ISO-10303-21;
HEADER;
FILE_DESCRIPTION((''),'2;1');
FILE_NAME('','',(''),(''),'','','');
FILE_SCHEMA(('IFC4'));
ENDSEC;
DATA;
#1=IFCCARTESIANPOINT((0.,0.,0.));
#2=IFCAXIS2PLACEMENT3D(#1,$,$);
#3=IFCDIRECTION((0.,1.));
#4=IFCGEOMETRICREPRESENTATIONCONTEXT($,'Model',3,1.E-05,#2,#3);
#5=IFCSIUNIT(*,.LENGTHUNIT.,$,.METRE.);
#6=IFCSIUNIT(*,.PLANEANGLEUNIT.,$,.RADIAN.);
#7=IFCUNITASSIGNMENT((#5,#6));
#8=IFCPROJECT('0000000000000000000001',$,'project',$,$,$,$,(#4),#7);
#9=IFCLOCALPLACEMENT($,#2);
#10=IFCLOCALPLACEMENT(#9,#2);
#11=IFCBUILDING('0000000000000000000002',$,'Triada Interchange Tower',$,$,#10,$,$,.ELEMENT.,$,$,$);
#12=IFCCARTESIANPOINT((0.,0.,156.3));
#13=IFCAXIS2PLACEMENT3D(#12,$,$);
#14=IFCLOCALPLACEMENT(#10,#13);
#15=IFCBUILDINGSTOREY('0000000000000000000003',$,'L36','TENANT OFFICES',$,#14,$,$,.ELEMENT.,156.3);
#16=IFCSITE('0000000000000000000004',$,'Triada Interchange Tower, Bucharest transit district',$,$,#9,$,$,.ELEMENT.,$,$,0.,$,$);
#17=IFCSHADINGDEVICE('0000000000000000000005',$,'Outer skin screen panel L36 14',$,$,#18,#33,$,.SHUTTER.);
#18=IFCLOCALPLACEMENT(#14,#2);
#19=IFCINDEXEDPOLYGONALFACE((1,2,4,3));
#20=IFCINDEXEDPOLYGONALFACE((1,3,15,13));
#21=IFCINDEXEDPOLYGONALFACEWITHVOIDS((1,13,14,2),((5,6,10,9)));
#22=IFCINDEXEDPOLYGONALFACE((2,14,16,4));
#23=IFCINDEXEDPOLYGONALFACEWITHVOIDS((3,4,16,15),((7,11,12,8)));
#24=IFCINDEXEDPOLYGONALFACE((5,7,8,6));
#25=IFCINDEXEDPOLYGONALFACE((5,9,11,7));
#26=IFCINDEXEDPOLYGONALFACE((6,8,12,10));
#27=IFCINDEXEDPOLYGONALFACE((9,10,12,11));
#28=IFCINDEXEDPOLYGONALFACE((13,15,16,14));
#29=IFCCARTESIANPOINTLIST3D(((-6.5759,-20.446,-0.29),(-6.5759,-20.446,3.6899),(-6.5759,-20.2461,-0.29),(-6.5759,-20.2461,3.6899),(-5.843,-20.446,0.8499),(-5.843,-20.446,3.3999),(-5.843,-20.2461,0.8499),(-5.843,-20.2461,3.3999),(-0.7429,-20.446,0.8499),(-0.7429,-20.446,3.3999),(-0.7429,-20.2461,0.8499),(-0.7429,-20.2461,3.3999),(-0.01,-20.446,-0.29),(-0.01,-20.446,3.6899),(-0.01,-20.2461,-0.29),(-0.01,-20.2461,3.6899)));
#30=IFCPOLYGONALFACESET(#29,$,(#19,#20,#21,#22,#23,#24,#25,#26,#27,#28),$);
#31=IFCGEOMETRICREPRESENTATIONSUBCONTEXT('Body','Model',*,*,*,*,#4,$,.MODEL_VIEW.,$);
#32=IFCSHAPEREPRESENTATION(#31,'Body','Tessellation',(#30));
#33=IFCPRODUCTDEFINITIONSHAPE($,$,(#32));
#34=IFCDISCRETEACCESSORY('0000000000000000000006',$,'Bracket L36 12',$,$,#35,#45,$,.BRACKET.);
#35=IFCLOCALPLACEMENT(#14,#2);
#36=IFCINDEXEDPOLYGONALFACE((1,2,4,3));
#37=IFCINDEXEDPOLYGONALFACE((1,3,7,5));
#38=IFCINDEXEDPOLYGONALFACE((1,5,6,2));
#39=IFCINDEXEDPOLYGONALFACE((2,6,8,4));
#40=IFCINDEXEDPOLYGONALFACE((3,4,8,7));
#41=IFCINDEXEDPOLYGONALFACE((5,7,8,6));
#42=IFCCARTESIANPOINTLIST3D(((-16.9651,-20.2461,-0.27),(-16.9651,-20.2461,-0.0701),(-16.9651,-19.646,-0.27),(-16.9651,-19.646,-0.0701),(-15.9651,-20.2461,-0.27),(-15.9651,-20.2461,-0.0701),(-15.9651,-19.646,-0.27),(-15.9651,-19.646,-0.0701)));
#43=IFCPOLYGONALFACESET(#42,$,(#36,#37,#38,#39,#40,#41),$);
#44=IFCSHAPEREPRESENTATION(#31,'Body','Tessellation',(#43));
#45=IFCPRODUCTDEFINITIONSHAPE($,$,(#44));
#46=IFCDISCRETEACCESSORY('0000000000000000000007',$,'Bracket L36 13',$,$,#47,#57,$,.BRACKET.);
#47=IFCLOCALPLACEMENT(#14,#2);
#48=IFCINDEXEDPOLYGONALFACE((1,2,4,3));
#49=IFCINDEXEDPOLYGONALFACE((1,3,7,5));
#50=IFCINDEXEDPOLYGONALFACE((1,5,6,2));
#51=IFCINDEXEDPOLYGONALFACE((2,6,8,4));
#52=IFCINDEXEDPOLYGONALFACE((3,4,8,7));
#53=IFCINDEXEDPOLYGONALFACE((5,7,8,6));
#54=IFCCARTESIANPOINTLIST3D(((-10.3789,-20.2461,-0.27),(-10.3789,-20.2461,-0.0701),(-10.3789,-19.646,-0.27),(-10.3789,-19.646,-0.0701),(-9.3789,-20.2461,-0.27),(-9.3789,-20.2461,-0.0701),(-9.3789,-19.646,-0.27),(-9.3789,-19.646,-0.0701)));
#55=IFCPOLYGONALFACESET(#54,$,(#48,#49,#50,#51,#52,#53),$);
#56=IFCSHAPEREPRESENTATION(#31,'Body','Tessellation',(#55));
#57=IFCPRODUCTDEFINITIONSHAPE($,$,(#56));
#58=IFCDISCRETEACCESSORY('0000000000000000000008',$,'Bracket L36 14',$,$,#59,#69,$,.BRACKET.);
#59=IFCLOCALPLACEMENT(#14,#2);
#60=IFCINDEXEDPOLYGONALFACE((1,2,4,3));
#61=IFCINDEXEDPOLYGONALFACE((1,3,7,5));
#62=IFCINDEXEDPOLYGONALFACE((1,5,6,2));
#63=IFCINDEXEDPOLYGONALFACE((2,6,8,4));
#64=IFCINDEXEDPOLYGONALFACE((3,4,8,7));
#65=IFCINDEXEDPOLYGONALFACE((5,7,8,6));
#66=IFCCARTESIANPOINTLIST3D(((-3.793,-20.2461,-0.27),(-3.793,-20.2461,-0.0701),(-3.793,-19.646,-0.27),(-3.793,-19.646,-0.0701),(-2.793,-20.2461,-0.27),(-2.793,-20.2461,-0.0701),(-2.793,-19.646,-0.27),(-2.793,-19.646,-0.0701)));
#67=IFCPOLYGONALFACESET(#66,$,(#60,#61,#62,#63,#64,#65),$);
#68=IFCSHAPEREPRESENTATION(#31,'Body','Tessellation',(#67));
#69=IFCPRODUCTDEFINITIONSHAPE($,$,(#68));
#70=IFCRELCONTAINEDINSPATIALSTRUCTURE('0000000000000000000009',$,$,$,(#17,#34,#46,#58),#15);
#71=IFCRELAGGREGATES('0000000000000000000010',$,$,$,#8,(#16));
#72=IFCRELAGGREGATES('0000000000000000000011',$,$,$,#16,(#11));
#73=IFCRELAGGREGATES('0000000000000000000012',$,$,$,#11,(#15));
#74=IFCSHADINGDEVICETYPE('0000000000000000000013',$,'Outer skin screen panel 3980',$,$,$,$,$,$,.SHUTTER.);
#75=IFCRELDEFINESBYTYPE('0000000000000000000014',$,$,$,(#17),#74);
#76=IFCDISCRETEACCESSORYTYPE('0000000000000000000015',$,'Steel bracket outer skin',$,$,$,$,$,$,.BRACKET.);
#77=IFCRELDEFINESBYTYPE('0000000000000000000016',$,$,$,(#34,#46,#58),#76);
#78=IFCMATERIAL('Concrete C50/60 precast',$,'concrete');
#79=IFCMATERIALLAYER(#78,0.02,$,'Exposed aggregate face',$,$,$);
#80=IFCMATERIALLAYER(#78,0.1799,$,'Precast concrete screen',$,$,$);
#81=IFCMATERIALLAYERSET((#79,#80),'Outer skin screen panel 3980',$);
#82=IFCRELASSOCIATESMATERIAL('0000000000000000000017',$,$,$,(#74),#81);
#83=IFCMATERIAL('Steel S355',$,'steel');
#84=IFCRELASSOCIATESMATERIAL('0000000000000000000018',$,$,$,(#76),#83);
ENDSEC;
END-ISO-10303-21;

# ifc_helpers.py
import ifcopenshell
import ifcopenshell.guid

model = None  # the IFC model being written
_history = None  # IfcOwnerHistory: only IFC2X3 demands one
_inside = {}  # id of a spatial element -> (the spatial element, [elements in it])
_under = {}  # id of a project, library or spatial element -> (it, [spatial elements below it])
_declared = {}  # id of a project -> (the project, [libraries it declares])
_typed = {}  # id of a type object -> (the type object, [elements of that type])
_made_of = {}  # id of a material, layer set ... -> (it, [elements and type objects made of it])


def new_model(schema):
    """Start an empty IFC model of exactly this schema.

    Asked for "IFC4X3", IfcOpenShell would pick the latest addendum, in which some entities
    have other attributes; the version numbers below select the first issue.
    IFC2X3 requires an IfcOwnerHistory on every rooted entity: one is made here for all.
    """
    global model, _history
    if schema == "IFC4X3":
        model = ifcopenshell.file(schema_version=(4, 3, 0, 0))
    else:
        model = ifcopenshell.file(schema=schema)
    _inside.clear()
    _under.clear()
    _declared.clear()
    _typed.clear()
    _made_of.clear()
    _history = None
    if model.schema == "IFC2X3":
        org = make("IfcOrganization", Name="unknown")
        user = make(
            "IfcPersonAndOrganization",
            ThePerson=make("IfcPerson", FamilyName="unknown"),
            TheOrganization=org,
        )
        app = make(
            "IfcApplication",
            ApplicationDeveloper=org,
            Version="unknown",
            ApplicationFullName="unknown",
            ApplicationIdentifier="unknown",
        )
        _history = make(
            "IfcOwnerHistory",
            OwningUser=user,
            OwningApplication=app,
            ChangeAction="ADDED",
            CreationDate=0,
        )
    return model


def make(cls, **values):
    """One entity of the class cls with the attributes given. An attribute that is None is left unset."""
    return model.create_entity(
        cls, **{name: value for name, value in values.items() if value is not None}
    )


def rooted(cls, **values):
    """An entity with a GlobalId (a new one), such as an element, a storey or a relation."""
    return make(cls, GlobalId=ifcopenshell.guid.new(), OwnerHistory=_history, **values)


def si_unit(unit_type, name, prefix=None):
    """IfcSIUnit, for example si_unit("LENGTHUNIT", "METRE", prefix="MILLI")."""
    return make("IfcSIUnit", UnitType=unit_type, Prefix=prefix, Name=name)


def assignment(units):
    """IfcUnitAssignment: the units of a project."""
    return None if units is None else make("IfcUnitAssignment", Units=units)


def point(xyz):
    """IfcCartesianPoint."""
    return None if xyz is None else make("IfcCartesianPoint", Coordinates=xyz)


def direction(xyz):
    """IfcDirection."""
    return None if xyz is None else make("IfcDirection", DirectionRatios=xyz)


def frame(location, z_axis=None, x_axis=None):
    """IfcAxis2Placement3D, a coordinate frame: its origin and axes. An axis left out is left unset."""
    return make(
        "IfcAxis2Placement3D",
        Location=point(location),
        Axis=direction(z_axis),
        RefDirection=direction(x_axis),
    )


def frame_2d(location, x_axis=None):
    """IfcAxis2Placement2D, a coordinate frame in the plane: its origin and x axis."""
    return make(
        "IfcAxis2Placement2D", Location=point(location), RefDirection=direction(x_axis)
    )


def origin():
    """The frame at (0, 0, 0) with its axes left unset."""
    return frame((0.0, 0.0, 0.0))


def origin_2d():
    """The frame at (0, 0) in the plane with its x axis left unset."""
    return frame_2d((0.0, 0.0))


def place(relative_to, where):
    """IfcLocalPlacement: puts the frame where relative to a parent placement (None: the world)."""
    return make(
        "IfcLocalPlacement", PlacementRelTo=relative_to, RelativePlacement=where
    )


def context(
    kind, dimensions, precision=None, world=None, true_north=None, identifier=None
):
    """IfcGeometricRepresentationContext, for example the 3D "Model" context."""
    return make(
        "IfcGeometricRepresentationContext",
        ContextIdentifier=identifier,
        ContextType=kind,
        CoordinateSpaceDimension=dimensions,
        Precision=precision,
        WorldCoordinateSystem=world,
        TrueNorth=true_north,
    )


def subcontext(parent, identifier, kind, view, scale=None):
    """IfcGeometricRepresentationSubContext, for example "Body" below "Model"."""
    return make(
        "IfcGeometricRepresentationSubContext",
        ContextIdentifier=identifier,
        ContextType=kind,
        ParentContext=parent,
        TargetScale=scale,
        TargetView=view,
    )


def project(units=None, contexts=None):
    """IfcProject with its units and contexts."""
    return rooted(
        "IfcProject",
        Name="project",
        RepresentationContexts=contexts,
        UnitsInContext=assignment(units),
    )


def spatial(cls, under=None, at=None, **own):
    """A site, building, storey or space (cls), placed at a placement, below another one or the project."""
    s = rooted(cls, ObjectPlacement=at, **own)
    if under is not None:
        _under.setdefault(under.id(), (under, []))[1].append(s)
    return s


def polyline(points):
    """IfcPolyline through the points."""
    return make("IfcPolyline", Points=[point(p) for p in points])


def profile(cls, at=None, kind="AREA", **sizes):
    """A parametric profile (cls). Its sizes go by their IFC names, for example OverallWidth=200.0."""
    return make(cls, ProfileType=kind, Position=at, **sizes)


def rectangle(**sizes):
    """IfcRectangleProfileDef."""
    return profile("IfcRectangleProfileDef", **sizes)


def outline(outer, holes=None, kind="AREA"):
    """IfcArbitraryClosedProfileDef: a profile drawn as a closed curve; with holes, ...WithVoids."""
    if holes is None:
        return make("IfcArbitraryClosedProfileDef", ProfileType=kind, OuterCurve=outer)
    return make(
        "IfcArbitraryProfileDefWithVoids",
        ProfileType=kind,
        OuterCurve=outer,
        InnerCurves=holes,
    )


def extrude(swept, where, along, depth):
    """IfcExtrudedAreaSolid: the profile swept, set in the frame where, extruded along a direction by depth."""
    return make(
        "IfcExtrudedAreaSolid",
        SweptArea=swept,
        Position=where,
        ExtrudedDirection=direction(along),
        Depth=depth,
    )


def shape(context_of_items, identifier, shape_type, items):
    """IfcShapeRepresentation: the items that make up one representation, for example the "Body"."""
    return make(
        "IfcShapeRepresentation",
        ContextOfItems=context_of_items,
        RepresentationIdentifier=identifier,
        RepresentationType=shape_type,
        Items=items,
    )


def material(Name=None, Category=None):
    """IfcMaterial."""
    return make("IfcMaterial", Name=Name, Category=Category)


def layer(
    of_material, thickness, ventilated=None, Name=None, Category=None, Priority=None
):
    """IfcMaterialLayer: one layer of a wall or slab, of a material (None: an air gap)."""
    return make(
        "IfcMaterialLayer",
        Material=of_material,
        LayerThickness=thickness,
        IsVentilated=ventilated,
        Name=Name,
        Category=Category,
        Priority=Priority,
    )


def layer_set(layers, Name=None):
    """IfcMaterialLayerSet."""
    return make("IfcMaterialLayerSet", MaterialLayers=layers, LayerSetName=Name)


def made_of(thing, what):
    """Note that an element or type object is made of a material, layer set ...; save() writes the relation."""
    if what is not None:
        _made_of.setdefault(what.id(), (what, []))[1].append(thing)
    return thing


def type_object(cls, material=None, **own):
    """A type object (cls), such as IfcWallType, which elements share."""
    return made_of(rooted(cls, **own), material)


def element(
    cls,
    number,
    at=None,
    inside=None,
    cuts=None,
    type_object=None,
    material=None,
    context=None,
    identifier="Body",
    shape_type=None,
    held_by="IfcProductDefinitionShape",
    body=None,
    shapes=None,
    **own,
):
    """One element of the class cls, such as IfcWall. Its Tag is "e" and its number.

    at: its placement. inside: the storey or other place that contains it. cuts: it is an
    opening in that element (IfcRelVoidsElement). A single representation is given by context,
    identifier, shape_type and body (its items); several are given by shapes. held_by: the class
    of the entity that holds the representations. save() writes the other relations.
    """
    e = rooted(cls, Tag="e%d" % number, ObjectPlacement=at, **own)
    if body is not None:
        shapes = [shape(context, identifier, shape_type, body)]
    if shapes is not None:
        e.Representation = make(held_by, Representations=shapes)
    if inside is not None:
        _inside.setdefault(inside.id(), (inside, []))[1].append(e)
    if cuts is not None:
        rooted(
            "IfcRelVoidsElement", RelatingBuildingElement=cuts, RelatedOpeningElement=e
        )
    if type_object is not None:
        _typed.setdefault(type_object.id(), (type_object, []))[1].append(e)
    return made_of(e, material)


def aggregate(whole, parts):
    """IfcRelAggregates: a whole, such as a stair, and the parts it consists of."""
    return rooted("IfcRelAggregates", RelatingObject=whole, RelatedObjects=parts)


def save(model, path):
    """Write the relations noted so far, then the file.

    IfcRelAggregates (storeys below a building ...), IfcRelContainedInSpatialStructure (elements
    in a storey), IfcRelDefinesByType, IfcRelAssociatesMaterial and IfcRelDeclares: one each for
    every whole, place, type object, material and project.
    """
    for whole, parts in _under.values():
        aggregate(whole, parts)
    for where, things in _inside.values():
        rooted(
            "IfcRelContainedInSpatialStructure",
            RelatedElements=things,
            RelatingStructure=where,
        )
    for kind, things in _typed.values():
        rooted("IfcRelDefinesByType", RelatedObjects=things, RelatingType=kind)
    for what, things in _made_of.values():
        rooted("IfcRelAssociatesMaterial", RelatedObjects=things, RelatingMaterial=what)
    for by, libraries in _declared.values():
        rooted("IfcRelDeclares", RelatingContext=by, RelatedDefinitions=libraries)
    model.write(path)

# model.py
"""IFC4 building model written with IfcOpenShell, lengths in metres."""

from ifc_helpers import new_model, si_unit, direction, frame, origin, origin_2d, place, context, subcontext, project, spatial, polyline, rectangle, outline, extrude, material, layer, layer_set, type_object, element, save


model = new_model("IFC4")

# Units and contexts
model_context = context("Model", 3, precision=1e-05, world=origin(), true_north=direction((0.0, 1.0)))
body_context = subcontext(model_context, "Body", "Model", "MODEL_VIEW")
ifc_project = project(units=[si_unit("LENGTHUNIT", "METRE"), si_unit("PLANEANGLEUNIT", "RADIAN")], contexts=[model_context])

# Site, building, storey
site_placement = place(None, origin())
site = spatial("IfcSite", under=ifc_project, at=site_placement, Name="Triada Interchange Tower, Bucharest transit district", CompositionType="ELEMENT", RefElevation=0.0)
building_placement = place(site_placement, origin())
building = spatial("IfcBuilding", under=site, at=building_placement, Name="Triada Interchange Tower", CompositionType="ELEMENT")
storey_placement = place(building_placement, frame((0.0, 0.0, 156.3)))
storey = spatial("IfcBuildingStorey", under=building, at=storey_placement, Name="L36", Description="TENANT OFFICES", CompositionType="ELEMENT", Elevation=156.3)

# Shading device
ifc_material_1 = material(Name="Concrete C50/60 precast", Category="concrete")
ifc_layer_1 = layer(ifc_material_1, 0.02, Name="Exposed aggregate face")
ifc_layer_2 = layer(ifc_material_1, 0.1799, Name="Precast concrete screen")
ifc_layer_set_1 = layer_set([ifc_layer_1, ifc_layer_2], Name="Outer skin screen panel 3980")
shading_device_type = type_object("IfcShadingDeviceType", Name="Outer skin screen panel 3980", PredefinedType="SHUTTER", material=ifc_layer_set_1)
shading_device_1_placement = place(storey_placement, frame((-6.5759, -20.2461, -0.29), z_axis=(0.0, 0.0, 1.0), x_axis=(1.0, 0.0, 0.0)))
element("IfcShadingDevice", 1, at=shading_device_1_placement, inside=storey, type_object=shading_device_type, Name="Outer skin screen panel L36 14", PredefinedType="SHUTTER", context=body_context, shape_type="SweptSolid", body=[
    extrude(outline(polyline([(0.0, 0.0), (6.5659, 0.0), (6.5659, 3.98), (0.0, 3.98), (0.0, 0.0)]), holes=[polyline([(0.7329, 1.1399), (0.7329, 3.6899), (5.833, 3.6899), (5.833, 1.1399), (0.7329, 1.1399)])]), frame((0.0, 0.0, 0.0), z_axis=(0.0, -1.0, 0.0), x_axis=(1.0, 0.0, 0.0)), (0.0, 0.0, 1.0), 0.2),
])

# Discrete accessories
ifc_material_2 = material(Name="Steel S355", Category="steel")
discrete_accessory_type = type_object("IfcDiscreteAccessoryType", Name="Steel bracket outer skin", PredefinedType="BRACKET", material=ifc_material_2)
for number, where, z_axis, x_axis, name in (
    (2, (-16.4651, -19.946, -0.27), (0.0, 0.0, 1.0), (0.0, -1.0, 0.0), "Bracket L36 12"),
    (3, (-9.8789, -19.946, -0.27), (0.0, 0.0, 1.0), (0.0, -1.0, 0.0), "Bracket L36 13"),
    (4, (-3.293, -19.946, -0.27), (0.0, 0.0, 1.0), (0.0, -1.0, 0.0), "Bracket L36 14"),
):
    element("IfcDiscreteAccessory", number, at=place(storey_placement, frame(where, z_axis=z_axis, x_axis=x_axis)), inside=storey, type_object=discrete_accessory_type, Name=name, PredefinedType="BRACKET", context=body_context, shape_type="SweptSolid", body=[
        extrude(rectangle(XDim=0.6001, YDim=1.0, at=origin_2d()), origin(), (0.0, 0.0, 1.0), 0.2),
    ])

save(model, "model.ifc")
